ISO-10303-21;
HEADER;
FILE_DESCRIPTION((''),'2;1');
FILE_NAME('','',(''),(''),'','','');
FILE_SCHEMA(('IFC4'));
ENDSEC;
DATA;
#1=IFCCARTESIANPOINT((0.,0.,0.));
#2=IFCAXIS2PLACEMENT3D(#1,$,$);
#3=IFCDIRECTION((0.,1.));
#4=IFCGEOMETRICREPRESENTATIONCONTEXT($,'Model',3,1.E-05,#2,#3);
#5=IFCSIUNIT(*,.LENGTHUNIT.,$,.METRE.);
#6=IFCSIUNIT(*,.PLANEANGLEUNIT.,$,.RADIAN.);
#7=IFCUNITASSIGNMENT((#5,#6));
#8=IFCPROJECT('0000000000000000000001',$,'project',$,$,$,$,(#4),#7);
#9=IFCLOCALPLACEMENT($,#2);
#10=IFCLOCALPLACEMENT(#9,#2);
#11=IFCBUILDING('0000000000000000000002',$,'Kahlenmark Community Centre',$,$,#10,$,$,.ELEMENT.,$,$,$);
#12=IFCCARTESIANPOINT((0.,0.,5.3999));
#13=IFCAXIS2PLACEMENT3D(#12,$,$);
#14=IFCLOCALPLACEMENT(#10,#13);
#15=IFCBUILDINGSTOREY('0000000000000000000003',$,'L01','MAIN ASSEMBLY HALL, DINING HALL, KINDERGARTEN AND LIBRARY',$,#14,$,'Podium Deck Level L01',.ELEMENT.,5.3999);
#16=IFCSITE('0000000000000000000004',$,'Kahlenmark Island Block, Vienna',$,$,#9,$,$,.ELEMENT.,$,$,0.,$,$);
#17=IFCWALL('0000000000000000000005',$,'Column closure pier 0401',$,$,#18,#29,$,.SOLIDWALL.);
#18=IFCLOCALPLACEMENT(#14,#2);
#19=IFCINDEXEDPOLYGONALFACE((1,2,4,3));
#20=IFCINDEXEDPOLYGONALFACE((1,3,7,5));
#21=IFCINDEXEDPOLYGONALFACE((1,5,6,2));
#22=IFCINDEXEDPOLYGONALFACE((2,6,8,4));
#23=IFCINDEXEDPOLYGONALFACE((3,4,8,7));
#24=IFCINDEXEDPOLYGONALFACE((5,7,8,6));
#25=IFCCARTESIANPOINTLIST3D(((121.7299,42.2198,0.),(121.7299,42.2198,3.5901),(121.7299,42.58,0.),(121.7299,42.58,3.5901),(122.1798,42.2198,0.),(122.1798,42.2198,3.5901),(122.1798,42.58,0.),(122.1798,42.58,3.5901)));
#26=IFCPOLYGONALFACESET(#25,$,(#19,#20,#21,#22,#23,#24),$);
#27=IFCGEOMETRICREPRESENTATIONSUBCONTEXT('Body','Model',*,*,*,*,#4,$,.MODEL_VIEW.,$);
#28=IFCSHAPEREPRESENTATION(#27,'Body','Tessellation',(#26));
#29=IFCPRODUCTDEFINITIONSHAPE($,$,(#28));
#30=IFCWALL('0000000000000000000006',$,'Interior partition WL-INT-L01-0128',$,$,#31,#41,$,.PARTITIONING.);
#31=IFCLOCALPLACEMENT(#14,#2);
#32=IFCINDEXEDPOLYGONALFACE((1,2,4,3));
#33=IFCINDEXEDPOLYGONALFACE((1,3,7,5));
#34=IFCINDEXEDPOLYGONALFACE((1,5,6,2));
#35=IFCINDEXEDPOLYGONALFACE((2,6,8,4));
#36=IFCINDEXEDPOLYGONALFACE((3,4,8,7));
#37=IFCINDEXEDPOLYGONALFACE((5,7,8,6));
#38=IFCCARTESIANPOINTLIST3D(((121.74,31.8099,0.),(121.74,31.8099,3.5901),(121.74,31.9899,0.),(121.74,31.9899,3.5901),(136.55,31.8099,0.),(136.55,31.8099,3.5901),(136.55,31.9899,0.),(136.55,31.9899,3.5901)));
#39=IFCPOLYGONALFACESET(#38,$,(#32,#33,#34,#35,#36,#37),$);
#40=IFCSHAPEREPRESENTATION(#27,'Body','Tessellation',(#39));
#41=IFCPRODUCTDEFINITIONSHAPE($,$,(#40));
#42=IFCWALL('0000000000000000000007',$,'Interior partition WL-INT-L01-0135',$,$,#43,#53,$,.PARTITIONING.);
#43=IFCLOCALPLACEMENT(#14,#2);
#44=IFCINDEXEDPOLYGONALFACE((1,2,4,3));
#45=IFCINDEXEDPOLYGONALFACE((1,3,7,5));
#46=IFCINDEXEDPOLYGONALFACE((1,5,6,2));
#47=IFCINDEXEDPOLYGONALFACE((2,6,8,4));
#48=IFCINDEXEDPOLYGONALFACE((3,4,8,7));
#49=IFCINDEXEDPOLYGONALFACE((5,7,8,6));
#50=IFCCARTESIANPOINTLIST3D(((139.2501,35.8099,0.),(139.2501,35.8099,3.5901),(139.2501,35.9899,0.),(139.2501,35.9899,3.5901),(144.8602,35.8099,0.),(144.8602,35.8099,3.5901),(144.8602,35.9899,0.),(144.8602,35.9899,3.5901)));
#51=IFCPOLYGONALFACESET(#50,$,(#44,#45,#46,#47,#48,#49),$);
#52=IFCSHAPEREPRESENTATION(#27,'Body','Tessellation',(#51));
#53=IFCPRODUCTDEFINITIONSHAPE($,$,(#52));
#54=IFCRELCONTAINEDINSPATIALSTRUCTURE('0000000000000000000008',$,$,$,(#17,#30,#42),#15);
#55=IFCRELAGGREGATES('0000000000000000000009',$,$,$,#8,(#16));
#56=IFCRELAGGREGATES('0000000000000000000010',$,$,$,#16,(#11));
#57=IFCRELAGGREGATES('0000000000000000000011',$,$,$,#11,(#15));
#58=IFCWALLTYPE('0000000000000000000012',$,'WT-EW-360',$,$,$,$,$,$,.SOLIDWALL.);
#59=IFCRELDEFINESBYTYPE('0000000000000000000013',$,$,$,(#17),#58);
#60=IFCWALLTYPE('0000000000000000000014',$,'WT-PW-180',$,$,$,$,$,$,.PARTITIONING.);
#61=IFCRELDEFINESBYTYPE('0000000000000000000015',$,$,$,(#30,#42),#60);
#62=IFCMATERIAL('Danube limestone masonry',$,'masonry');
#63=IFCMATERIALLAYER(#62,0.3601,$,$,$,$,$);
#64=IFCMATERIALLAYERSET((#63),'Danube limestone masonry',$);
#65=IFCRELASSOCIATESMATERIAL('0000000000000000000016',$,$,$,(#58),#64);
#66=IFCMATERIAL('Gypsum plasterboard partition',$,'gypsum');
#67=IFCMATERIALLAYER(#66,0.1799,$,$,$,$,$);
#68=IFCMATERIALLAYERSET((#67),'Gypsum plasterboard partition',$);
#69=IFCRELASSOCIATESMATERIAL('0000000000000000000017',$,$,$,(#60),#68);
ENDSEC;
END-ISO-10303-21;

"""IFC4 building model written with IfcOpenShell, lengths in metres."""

from ifc_helpers import new_model, si_unit, direction, frame, frame_2d, origin, place, context, subcontext, project, spatial, rectangle, extrude, material, layer, layer_set, type_object, element, save


model = new_model("IFC4")

# Units and contexts
model_context = context("Model", 3, precision=1e-05, world=origin(), true_north=direction((0.0, 1.0)))
body_context = subcontext(model_context, "Body", "Model", "MODEL_VIEW")
ifc_project = project(units=[si_unit("LENGTHUNIT", "METRE"), si_unit("PLANEANGLEUNIT", "RADIAN")], contexts=[model_context])

# Site, building, storey
site_placement = place(None, origin())
site = spatial("IfcSite", under=ifc_project, at=site_placement, Name="Kahlenmark Island Block, Vienna", CompositionType="ELEMENT", RefElevation=0.0)
building_placement = place(site_placement, origin())
building = spatial("IfcBuilding", under=site, at=building_placement, Name="Kahlenmark Community Centre", CompositionType="ELEMENT")
storey_placement = place(building_placement, frame((0.0, 0.0, 5.3999)))
storey = spatial("IfcBuildingStorey", under=building, at=storey_placement, Name="L01", Description="MAIN ASSEMBLY HALL, DINING HALL, KINDERGARTEN AND LIBRARY", LongName="Podium Deck Level L01", CompositionType="ELEMENT", Elevation=5.3999)

# Wall
ifc_material_1 = material(Name="Danube limestone masonry", Category="masonry")
ifc_layer_1 = layer(ifc_material_1, 0.3601)
ifc_layer_set_1 = layer_set([ifc_layer_1], Name="Danube limestone masonry")
wall_type_1 = type_object("IfcWallType", Name="WT-EW-360", PredefinedType="SOLIDWALL", material=ifc_layer_set_1)
wall_1_placement = place(storey_placement, frame((122.1799, 42.3999, 0.0), z_axis=(0.0, 0.0, 1.0), x_axis=(-1.0, 0.0, 0.0)))
element("IfcWall", 1, at=wall_1_placement, inside=storey, type_object=wall_type_1, Name="Column closure pier 0401", PredefinedType="SOLIDWALL", context=body_context, shape_type="SweptSolid", body=[
    extrude(rectangle(XDim=0.45, YDim=0.3601, at=frame_2d((0.2251, 0.0))), origin(), (0.0, 0.0, 1.0), 3.5901),
])

# Shared definitions
ifc_material_2 = material(Name="Gypsum plasterboard partition", Category="gypsum")
ifc_layer_2 = layer(ifc_material_2, 0.1799)
ifc_layer_set_2 = layer_set([ifc_layer_2], Name="Gypsum plasterboard partition")
wall_type_2 = type_object("IfcWallType", Name="WT-PW-180", PredefinedType="PARTITIONING", material=ifc_layer_set_2)

# Wall
wall_2_placement = place(storey_placement, frame((121.74, 31.8999, 0.0), z_axis=(0.0, 0.0, 1.0), x_axis=(1.0, 0.0, 0.0)))
element("IfcWall", 2, at=wall_2_placement, inside=storey, type_object=wall_type_2, Name="Interior partition WL-INT-L01-0128", PredefinedType="PARTITIONING", context=body_context, shape_type="SweptSolid", body=[
    extrude(rectangle(XDim=14.8101, YDim=0.1799, at=frame_2d((7.405, 0.0))), origin(), (0.0, 0.0, 1.0), 3.5901),
])

# Wall
wall_3_placement = place(storey_placement, frame((139.25, 35.8999, 0.0), z_axis=(0.0, 0.0, 1.0), x_axis=(1.0, 0.0, 0.0)))
element("IfcWall", 3, at=wall_3_placement, inside=storey, type_object=wall_type_2, Name="Interior partition WL-INT-L01-0135", PredefinedType="PARTITIONING", context=body_context, shape_type="SweptSolid", body=[
    extrude(rectangle(XDim=5.6101, YDim=0.1799, at=frame_2d((2.8052, 0.0))), origin(), (0.0, 0.0, 1.0), 3.5901),
])

save(model, "model.ifc")
